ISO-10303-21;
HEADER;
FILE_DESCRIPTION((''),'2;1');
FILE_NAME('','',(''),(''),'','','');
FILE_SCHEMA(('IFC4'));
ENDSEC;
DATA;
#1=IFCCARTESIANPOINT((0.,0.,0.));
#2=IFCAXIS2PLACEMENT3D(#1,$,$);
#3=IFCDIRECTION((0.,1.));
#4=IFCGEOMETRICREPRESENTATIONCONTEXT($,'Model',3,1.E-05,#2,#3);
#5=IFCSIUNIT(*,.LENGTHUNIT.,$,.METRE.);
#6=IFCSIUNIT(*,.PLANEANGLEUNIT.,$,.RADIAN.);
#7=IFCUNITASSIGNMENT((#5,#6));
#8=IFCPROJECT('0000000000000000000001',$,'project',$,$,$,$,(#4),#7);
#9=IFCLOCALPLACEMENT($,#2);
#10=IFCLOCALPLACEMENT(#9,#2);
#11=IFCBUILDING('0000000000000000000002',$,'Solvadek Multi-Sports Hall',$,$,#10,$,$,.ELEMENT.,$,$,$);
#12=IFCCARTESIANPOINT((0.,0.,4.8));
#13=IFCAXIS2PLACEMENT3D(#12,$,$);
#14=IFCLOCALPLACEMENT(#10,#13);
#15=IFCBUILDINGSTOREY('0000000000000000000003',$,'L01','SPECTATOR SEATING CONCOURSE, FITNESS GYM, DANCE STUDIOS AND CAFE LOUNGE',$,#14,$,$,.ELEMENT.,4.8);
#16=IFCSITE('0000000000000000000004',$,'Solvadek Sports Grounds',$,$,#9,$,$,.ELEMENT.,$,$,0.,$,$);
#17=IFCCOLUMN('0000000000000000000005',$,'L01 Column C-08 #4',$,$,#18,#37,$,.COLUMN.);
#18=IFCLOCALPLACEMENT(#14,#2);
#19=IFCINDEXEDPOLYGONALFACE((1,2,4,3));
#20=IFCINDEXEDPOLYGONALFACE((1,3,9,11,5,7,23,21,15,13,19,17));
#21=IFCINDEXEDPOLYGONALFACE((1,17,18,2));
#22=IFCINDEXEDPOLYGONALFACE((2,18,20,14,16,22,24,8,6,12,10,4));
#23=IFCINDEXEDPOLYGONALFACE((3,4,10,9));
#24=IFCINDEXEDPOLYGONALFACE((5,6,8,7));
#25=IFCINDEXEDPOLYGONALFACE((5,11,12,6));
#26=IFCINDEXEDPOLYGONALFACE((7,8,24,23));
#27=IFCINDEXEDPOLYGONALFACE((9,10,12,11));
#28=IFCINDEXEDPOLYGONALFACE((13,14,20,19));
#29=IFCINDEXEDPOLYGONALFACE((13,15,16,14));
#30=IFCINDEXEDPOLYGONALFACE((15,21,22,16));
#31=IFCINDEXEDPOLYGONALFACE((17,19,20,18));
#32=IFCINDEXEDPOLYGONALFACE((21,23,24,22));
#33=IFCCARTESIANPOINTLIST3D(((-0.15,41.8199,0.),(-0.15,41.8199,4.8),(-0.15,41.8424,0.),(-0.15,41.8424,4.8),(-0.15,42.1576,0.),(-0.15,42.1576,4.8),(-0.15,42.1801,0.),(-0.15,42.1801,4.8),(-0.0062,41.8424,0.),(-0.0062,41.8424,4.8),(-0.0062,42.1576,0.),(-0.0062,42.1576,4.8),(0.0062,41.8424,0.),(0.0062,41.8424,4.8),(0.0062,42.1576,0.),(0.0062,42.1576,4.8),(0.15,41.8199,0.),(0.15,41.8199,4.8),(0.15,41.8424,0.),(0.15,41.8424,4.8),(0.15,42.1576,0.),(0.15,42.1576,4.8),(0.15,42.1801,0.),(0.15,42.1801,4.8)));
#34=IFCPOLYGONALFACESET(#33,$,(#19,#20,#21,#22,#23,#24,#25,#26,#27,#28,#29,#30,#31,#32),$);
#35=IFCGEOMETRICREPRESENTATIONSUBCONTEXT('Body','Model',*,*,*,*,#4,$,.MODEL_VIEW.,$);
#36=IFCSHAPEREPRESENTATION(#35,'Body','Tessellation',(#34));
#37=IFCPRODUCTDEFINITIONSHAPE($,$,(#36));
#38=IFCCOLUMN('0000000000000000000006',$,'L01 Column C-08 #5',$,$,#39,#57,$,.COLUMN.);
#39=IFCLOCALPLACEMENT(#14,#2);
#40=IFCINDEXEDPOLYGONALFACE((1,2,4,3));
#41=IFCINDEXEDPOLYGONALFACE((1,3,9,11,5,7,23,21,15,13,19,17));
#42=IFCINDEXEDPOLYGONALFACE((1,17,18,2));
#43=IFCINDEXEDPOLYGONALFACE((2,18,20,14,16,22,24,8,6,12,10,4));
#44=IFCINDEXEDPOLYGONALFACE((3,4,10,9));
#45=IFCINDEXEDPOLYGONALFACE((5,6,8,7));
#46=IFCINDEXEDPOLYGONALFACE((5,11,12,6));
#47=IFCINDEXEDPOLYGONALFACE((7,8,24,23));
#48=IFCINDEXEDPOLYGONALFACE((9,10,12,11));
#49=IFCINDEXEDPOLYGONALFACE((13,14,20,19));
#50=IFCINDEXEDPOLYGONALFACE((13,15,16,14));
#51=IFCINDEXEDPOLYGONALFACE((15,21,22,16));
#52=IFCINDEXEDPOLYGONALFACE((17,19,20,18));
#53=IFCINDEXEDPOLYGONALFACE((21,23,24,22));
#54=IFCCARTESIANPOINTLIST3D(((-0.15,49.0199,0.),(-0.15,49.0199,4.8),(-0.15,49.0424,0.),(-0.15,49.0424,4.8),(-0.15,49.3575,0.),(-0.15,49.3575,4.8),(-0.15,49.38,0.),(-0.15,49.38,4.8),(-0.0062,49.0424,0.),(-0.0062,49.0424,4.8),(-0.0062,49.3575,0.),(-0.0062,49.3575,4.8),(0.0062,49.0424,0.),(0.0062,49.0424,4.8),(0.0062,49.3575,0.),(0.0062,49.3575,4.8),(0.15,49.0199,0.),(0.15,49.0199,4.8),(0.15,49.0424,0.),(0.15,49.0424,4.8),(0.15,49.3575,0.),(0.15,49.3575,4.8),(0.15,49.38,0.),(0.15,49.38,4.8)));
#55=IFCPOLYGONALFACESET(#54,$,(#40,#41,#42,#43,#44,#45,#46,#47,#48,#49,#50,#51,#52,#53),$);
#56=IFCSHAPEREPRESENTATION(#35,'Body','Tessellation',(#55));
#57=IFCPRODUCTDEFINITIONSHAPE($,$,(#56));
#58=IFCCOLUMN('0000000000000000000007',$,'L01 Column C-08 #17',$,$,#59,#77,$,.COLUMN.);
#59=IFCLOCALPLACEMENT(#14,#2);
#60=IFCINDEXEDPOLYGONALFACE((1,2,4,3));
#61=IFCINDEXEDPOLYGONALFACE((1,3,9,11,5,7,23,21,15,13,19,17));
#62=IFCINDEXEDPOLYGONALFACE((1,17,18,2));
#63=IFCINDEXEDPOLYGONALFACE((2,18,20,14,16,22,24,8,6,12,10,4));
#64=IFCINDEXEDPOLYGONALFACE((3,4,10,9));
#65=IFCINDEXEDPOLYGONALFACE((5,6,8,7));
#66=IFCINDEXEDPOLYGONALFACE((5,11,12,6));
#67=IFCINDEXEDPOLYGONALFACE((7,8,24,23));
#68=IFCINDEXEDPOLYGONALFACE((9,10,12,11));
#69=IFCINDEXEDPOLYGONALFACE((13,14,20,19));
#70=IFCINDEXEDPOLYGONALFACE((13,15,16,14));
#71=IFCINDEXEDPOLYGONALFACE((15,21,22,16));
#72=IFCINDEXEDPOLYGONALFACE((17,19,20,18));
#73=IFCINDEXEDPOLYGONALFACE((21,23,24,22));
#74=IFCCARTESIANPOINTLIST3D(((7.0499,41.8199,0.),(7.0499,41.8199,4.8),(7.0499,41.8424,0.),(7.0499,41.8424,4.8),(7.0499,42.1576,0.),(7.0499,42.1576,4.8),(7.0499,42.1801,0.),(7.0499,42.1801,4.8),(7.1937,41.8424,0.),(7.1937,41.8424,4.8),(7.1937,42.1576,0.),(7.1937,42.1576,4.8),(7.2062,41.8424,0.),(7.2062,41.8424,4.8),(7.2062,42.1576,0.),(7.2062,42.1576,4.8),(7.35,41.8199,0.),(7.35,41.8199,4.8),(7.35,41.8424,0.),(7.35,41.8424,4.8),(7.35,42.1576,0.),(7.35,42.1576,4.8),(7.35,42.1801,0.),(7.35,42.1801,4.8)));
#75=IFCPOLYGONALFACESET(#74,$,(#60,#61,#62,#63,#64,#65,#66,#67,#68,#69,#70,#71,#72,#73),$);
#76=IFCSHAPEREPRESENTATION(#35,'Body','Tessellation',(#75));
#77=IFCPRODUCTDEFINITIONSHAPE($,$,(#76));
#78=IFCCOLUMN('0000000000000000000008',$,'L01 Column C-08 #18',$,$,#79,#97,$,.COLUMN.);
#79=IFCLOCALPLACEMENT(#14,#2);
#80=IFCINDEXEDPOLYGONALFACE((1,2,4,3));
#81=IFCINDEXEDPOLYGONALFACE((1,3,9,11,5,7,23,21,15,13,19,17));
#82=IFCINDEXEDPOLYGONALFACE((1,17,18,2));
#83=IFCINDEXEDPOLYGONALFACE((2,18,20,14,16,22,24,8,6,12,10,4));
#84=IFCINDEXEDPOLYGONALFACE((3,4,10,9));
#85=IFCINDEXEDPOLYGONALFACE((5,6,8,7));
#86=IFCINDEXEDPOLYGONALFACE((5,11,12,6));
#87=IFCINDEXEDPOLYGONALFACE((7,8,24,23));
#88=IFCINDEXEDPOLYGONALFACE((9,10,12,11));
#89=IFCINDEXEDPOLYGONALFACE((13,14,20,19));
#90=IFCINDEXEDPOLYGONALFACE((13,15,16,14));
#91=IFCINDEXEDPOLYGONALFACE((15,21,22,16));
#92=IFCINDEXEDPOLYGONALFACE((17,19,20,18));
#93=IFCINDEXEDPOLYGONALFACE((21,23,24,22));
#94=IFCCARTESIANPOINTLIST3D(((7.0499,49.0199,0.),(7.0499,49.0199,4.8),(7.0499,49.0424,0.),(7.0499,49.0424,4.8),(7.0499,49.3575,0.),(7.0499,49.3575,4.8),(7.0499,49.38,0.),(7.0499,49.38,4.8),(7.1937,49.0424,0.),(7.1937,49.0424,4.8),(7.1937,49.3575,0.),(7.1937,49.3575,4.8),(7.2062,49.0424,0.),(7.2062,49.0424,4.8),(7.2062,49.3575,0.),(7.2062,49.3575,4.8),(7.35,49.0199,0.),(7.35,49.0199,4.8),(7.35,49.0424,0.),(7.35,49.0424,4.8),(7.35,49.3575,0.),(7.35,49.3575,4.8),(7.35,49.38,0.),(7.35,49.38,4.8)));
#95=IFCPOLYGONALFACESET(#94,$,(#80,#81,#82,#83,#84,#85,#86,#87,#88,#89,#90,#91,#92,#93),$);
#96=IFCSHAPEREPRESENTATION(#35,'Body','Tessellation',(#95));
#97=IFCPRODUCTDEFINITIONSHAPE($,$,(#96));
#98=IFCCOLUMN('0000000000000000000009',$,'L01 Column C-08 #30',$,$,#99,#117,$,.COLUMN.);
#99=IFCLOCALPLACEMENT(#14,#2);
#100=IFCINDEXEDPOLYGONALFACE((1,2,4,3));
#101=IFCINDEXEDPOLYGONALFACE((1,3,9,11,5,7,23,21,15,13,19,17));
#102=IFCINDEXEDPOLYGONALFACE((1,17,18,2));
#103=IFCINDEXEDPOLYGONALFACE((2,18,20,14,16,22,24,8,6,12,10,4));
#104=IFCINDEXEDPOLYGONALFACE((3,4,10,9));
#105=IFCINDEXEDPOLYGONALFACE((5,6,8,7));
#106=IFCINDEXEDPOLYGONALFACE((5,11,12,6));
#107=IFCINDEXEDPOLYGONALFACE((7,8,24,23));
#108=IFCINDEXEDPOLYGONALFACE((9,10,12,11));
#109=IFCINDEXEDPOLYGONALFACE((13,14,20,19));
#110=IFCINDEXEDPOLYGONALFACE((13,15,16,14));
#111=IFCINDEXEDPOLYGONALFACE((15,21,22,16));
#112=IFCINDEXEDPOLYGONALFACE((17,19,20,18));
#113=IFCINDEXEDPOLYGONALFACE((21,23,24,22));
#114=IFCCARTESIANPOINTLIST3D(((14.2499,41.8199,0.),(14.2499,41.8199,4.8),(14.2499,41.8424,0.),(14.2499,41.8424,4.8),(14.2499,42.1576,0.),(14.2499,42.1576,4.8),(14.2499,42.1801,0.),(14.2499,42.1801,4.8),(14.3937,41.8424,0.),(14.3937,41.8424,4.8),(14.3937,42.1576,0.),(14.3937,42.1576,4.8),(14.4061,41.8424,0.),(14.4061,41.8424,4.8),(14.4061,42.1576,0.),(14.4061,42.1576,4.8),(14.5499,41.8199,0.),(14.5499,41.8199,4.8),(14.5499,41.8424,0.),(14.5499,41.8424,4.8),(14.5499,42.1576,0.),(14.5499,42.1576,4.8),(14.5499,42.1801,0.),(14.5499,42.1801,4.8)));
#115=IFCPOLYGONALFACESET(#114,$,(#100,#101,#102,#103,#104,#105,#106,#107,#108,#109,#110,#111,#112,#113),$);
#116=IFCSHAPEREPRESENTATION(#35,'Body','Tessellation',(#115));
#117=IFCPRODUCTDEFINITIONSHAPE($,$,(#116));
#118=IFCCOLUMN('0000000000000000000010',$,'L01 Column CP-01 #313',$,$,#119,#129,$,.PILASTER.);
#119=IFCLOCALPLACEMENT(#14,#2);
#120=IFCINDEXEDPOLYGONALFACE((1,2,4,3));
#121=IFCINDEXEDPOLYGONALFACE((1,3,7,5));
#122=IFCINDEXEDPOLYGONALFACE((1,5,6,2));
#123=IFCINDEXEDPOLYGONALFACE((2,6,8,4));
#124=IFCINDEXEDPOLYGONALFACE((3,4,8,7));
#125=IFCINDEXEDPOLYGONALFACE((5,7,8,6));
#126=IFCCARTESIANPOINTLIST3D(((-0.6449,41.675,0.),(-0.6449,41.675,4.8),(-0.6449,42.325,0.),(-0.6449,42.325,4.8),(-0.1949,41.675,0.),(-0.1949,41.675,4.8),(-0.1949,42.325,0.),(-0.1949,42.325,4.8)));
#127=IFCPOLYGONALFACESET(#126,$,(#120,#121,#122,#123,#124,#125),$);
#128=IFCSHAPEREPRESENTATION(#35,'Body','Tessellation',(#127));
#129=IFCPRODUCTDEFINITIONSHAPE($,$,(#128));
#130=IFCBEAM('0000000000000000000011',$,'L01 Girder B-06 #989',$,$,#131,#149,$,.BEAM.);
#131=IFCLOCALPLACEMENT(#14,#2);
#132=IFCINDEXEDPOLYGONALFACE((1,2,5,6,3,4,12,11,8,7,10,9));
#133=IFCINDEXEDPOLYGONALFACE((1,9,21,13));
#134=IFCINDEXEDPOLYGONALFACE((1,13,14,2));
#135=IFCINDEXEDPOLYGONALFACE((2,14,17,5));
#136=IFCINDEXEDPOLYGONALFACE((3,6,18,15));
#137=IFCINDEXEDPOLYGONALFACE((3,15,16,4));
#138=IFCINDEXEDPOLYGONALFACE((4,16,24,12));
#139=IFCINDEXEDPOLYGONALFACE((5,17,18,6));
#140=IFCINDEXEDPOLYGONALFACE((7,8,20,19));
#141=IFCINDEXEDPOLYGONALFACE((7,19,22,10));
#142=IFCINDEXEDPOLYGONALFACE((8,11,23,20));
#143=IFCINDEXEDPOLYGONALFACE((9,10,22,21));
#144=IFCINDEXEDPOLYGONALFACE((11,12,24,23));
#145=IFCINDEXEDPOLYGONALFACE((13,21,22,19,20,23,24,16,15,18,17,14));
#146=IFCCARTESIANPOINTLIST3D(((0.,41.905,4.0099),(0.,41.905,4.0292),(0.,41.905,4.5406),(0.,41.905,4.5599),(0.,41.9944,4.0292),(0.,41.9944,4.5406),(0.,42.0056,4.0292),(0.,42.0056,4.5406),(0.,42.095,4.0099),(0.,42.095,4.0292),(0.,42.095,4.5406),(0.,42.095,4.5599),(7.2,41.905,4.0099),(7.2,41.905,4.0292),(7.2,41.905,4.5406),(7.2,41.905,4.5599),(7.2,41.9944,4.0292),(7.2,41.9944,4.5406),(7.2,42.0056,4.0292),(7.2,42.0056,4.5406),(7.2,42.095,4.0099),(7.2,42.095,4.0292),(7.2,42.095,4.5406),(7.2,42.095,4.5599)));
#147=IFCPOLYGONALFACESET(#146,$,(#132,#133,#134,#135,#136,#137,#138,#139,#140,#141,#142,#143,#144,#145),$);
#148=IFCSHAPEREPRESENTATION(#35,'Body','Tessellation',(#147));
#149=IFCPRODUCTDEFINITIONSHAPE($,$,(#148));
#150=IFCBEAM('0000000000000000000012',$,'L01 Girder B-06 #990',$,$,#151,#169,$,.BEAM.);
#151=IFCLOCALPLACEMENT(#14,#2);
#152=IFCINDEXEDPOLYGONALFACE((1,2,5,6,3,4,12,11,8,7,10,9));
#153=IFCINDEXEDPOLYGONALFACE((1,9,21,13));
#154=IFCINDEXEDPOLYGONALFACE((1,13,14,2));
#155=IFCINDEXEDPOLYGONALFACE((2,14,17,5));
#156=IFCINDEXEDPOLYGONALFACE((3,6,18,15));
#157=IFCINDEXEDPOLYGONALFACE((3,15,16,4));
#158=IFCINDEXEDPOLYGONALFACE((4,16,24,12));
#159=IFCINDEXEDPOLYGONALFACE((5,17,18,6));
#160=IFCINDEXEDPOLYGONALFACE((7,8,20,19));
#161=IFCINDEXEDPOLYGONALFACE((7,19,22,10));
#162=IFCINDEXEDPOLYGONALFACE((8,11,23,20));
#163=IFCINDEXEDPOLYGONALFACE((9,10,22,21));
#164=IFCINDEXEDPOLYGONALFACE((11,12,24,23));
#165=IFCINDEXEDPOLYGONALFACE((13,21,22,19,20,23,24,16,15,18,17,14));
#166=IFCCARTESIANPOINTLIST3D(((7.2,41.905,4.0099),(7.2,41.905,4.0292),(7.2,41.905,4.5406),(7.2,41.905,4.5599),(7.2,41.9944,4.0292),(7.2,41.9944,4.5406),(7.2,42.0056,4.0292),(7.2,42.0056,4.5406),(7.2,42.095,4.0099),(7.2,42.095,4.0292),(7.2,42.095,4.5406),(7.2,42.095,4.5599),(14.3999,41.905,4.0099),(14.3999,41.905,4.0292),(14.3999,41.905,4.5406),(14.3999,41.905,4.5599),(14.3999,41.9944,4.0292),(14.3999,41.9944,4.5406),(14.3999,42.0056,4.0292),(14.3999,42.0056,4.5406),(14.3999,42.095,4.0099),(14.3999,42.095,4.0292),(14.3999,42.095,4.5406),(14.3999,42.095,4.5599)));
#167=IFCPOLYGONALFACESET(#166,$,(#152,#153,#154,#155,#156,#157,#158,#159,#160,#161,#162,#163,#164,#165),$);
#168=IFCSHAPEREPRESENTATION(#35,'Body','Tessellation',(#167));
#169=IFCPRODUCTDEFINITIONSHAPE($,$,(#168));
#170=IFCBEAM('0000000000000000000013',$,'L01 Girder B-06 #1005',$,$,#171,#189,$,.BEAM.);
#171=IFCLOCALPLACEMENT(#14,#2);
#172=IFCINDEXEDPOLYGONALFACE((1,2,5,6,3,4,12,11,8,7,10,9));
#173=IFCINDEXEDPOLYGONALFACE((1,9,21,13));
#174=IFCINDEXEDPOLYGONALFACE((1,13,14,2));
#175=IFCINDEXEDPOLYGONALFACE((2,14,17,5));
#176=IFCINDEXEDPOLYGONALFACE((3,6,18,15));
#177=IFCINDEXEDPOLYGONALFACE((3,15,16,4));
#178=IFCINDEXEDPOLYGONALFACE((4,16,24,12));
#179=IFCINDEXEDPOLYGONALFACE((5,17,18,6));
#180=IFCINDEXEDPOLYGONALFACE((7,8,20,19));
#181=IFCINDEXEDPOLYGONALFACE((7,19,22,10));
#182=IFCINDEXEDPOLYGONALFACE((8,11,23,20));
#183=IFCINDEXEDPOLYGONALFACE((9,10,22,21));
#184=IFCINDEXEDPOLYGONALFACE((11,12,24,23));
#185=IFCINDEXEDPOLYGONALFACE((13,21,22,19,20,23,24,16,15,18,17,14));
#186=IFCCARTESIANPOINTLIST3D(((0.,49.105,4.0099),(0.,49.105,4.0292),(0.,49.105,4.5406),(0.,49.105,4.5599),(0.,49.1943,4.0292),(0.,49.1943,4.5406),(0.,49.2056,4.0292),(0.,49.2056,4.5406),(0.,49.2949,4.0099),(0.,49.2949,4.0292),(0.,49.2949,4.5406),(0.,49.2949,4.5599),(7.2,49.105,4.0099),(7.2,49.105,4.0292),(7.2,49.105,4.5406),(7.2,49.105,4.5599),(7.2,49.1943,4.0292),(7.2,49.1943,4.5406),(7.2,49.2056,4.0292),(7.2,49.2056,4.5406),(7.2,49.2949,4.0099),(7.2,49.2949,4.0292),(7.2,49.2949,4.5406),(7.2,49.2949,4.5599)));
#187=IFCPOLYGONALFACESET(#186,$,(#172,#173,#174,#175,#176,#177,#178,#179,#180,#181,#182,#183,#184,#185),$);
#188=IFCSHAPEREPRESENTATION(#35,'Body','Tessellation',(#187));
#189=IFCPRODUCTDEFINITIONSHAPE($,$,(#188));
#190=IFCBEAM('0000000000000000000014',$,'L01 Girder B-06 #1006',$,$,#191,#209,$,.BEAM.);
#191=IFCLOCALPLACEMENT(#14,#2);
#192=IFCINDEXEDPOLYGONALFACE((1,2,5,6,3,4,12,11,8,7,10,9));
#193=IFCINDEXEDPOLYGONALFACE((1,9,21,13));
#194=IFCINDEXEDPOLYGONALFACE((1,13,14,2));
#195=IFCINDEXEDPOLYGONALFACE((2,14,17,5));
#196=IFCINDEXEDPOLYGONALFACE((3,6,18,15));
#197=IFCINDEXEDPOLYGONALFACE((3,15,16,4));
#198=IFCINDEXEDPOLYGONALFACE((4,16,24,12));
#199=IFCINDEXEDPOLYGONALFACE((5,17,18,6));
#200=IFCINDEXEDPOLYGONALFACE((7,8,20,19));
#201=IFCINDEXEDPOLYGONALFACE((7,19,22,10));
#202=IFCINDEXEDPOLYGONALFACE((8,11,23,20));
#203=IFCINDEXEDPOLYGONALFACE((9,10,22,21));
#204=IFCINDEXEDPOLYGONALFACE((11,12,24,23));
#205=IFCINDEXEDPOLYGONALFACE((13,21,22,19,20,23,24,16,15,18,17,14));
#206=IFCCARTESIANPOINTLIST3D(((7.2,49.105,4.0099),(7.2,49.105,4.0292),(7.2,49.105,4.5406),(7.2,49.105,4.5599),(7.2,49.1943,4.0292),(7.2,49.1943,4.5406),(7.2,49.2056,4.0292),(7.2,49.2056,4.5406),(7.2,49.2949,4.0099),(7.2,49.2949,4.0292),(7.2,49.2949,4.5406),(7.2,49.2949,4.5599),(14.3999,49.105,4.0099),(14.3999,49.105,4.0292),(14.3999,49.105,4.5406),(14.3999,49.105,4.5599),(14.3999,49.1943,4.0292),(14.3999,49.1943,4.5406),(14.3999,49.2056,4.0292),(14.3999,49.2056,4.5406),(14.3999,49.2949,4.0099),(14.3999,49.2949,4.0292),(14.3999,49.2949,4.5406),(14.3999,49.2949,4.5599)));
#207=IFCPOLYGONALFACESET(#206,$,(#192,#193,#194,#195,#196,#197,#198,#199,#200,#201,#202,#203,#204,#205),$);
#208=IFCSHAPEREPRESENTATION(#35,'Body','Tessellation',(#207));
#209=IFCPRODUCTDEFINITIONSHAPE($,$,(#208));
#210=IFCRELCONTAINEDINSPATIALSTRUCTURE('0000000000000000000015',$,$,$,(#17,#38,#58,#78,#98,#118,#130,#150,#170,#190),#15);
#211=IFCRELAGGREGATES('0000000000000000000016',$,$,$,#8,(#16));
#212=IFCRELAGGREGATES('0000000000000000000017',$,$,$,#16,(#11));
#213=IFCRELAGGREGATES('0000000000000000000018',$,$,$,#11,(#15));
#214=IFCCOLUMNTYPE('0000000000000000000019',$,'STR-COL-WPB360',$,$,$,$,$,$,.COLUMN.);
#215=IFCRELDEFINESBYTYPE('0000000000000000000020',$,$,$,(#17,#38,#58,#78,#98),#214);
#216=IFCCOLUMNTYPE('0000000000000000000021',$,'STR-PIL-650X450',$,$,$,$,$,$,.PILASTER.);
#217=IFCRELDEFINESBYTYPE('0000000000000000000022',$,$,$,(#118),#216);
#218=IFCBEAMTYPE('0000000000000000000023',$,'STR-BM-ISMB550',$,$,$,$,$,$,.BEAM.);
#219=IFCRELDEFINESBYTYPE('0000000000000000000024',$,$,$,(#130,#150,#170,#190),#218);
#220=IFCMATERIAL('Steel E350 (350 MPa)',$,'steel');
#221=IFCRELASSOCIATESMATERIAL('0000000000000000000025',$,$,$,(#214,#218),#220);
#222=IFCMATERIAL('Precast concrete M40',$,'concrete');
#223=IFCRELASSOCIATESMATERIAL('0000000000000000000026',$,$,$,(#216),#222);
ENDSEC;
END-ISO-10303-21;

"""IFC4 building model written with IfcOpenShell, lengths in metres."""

from ifc_helpers import new_model, si_unit, direction, frame, origin, origin_2d, place, context, subcontext, project, spatial, rectangle, i_section, extrude, material, material_profile, profile_set, type_object, element, save


model = new_model("IFC4")

# Units and contexts
model_context = context("Model", 3, precision=1e-05, world=origin(), true_north=direction((0.0, 1.0)))
body_context = subcontext(model_context, "Body", "Model", "MODEL_VIEW")
ifc_project = project(units=[si_unit("LENGTHUNIT", "METRE"), si_unit("PLANEANGLEUNIT", "RADIAN")], contexts=[model_context])

# Site, building, storey
site_placement = place(None, origin())
site = spatial("IfcSite", under=ifc_project, at=site_placement, Name="Solvadek Sports Grounds", CompositionType="ELEMENT", RefElevation=0.0)
building_placement = place(site_placement, origin())
building = spatial("IfcBuilding", under=site, at=building_placement, Name="Solvadek Multi-Sports Hall", CompositionType="ELEMENT")
storey_placement = place(building_placement, frame((0.0, 0.0, 4.8)))
storey = spatial("IfcBuildingStorey", under=building, at=storey_placement, Name="L01", Description="SPECTATOR SEATING CONCOURSE, FITNESS GYM, DANCE STUDIOS AND CAFE LOUNGE", CompositionType="ELEMENT", Elevation=4.8)

# Columns
ifc_material_1 = material(Name="Steel E350 (350 MPa)", Category="steel")
ifc_material_profile_1 = material_profile(ifc_material_1, i_section(OverallWidth=0.3, OverallDepth=0.3601, WebThickness=0.0125, FlangeThickness=0.0225, at=origin_2d()), Name="WPB 360")
ifc_profile_set_1 = profile_set([ifc_material_profile_1], Name="Steel E350 (350 MPa)")
column_type_1 = type_object("IfcColumnType", Name="STR-COL-WPB360", PredefinedType="COLUMN", material=ifc_profile_set_1)
for number, where, z_axis, x_axis, name in (
    (1, (0.0, 42.0, 0.0), (0.0, 0.0, 1.0), (1.0, 0.0, 0.0), "L01 Column C-08 #4"),
    (2, (0.0, 49.2, 0.0), (0.0, 0.0, 1.0), (1.0, 0.0, 0.0), "L01 Column C-08 #5"),
    (3, (7.2, 42.0, 0.0), (0.0, 0.0, 1.0), (1.0, 0.0, 0.0), "L01 Column C-08 #17"),
    (4, (7.2, 49.2, 0.0), (0.0, 0.0, 1.0), (1.0, 0.0, 0.0), "L01 Column C-08 #18"),
    (5, (14.3999, 42.0, 0.0), (0.0, 0.0, 1.0), (1.0, 0.0, 0.0), "L01 Column C-08 #30"),
):
    element("IfcColumn", number, at=place(storey_placement, frame(where, z_axis=z_axis, x_axis=x_axis)), inside=storey, type_object=column_type_1, Name=name, PredefinedType="COLUMN", context=body_context, shape_type="SweptSolid", body=[
        extrude(i_section(OverallWidth=0.3, OverallDepth=0.3601, WebThickness=0.0125, FlangeThickness=0.0225, at=origin_2d()), origin(), (0.0, 0.0, 1.0), 4.8),
    ])
ifc_material_2 = material(Name="Precast concrete M40", Category="concrete")
ifc_material_profile_2 = material_profile(ifc_material_2, rectangle(XDim=0.45, YDim=0.6499, at=origin_2d()), Name="RC PILASTER 650x450")
ifc_profile_set_2 = profile_set([ifc_material_profile_2], Name="Precast concrete M40")
column_type_2 = type_object("IfcColumnType", Name="STR-PIL-650X450", PredefinedType="PILASTER", material=ifc_profile_set_2)
column_placement = place(storey_placement, frame((-0.4199, 42.0, 0.0), z_axis=(0.0, 0.0, 1.0), x_axis=(1.0, 0.0, 0.0)))
element("IfcColumn", 6, at=column_placement, inside=storey, type_object=column_type_2, Name="L01 Column CP-01 #313", PredefinedType="PILASTER", context=body_context, shape_type="SweptSolid", body=[
    extrude(rectangle(XDim=0.45, YDim=0.6499, at=origin_2d()), origin(), (0.0, 0.0, 1.0), 4.8),
])

# Beams
ifc_material_profile_3 = material_profile(ifc_material_1, i_section(OverallWidth=0.1899, OverallDepth=0.55, WebThickness=0.0112, FlangeThickness=0.0193, at=origin_2d()), Name="ISMB 550")
ifc_profile_set_3 = profile_set([ifc_material_profile_3], Name="Steel E350 (350 MPa)")
beam_type_1 = type_object("IfcBeamType", Name="STR-BM-ISMB550", PredefinedType="BEAM", material=ifc_profile_set_3)
for number, where, z_axis, x_axis, name in (
    (7, (0.0, 42.0, 4.2849), (1.0, 0.0, 0.0), (0.0, 1.0, 0.0), "L01 Girder B-06 #989"),
    (8, (7.2, 42.0, 4.2849), (1.0, 0.0, 0.0), (0.0, 1.0, 0.0), "L01 Girder B-06 #990"),
    (9, (0.0, 49.2, 4.2849), (1.0, 0.0, 0.0), (0.0, 1.0, 0.0), "L01 Girder B-06 #1005"),
    (10, (7.2, 49.2, 4.2849), (1.0, 0.0, 0.0), (0.0, 1.0, 0.0), "L01 Girder B-06 #1006"),
):
    element("IfcBeam", number, at=place(storey_placement, frame(where, z_axis=z_axis, x_axis=x_axis)), inside=storey, type_object=beam_type_1, Name=name, PredefinedType="BEAM", context=body_context, shape_type="SweptSolid", body=[
        extrude(i_section(OverallWidth=0.1899, OverallDepth=0.55, WebThickness=0.0112, FlangeThickness=0.0193, at=origin_2d()), origin(), (0.0, 0.0, 1.0), 7.2),
    ])

save(model, "model.ifc")
